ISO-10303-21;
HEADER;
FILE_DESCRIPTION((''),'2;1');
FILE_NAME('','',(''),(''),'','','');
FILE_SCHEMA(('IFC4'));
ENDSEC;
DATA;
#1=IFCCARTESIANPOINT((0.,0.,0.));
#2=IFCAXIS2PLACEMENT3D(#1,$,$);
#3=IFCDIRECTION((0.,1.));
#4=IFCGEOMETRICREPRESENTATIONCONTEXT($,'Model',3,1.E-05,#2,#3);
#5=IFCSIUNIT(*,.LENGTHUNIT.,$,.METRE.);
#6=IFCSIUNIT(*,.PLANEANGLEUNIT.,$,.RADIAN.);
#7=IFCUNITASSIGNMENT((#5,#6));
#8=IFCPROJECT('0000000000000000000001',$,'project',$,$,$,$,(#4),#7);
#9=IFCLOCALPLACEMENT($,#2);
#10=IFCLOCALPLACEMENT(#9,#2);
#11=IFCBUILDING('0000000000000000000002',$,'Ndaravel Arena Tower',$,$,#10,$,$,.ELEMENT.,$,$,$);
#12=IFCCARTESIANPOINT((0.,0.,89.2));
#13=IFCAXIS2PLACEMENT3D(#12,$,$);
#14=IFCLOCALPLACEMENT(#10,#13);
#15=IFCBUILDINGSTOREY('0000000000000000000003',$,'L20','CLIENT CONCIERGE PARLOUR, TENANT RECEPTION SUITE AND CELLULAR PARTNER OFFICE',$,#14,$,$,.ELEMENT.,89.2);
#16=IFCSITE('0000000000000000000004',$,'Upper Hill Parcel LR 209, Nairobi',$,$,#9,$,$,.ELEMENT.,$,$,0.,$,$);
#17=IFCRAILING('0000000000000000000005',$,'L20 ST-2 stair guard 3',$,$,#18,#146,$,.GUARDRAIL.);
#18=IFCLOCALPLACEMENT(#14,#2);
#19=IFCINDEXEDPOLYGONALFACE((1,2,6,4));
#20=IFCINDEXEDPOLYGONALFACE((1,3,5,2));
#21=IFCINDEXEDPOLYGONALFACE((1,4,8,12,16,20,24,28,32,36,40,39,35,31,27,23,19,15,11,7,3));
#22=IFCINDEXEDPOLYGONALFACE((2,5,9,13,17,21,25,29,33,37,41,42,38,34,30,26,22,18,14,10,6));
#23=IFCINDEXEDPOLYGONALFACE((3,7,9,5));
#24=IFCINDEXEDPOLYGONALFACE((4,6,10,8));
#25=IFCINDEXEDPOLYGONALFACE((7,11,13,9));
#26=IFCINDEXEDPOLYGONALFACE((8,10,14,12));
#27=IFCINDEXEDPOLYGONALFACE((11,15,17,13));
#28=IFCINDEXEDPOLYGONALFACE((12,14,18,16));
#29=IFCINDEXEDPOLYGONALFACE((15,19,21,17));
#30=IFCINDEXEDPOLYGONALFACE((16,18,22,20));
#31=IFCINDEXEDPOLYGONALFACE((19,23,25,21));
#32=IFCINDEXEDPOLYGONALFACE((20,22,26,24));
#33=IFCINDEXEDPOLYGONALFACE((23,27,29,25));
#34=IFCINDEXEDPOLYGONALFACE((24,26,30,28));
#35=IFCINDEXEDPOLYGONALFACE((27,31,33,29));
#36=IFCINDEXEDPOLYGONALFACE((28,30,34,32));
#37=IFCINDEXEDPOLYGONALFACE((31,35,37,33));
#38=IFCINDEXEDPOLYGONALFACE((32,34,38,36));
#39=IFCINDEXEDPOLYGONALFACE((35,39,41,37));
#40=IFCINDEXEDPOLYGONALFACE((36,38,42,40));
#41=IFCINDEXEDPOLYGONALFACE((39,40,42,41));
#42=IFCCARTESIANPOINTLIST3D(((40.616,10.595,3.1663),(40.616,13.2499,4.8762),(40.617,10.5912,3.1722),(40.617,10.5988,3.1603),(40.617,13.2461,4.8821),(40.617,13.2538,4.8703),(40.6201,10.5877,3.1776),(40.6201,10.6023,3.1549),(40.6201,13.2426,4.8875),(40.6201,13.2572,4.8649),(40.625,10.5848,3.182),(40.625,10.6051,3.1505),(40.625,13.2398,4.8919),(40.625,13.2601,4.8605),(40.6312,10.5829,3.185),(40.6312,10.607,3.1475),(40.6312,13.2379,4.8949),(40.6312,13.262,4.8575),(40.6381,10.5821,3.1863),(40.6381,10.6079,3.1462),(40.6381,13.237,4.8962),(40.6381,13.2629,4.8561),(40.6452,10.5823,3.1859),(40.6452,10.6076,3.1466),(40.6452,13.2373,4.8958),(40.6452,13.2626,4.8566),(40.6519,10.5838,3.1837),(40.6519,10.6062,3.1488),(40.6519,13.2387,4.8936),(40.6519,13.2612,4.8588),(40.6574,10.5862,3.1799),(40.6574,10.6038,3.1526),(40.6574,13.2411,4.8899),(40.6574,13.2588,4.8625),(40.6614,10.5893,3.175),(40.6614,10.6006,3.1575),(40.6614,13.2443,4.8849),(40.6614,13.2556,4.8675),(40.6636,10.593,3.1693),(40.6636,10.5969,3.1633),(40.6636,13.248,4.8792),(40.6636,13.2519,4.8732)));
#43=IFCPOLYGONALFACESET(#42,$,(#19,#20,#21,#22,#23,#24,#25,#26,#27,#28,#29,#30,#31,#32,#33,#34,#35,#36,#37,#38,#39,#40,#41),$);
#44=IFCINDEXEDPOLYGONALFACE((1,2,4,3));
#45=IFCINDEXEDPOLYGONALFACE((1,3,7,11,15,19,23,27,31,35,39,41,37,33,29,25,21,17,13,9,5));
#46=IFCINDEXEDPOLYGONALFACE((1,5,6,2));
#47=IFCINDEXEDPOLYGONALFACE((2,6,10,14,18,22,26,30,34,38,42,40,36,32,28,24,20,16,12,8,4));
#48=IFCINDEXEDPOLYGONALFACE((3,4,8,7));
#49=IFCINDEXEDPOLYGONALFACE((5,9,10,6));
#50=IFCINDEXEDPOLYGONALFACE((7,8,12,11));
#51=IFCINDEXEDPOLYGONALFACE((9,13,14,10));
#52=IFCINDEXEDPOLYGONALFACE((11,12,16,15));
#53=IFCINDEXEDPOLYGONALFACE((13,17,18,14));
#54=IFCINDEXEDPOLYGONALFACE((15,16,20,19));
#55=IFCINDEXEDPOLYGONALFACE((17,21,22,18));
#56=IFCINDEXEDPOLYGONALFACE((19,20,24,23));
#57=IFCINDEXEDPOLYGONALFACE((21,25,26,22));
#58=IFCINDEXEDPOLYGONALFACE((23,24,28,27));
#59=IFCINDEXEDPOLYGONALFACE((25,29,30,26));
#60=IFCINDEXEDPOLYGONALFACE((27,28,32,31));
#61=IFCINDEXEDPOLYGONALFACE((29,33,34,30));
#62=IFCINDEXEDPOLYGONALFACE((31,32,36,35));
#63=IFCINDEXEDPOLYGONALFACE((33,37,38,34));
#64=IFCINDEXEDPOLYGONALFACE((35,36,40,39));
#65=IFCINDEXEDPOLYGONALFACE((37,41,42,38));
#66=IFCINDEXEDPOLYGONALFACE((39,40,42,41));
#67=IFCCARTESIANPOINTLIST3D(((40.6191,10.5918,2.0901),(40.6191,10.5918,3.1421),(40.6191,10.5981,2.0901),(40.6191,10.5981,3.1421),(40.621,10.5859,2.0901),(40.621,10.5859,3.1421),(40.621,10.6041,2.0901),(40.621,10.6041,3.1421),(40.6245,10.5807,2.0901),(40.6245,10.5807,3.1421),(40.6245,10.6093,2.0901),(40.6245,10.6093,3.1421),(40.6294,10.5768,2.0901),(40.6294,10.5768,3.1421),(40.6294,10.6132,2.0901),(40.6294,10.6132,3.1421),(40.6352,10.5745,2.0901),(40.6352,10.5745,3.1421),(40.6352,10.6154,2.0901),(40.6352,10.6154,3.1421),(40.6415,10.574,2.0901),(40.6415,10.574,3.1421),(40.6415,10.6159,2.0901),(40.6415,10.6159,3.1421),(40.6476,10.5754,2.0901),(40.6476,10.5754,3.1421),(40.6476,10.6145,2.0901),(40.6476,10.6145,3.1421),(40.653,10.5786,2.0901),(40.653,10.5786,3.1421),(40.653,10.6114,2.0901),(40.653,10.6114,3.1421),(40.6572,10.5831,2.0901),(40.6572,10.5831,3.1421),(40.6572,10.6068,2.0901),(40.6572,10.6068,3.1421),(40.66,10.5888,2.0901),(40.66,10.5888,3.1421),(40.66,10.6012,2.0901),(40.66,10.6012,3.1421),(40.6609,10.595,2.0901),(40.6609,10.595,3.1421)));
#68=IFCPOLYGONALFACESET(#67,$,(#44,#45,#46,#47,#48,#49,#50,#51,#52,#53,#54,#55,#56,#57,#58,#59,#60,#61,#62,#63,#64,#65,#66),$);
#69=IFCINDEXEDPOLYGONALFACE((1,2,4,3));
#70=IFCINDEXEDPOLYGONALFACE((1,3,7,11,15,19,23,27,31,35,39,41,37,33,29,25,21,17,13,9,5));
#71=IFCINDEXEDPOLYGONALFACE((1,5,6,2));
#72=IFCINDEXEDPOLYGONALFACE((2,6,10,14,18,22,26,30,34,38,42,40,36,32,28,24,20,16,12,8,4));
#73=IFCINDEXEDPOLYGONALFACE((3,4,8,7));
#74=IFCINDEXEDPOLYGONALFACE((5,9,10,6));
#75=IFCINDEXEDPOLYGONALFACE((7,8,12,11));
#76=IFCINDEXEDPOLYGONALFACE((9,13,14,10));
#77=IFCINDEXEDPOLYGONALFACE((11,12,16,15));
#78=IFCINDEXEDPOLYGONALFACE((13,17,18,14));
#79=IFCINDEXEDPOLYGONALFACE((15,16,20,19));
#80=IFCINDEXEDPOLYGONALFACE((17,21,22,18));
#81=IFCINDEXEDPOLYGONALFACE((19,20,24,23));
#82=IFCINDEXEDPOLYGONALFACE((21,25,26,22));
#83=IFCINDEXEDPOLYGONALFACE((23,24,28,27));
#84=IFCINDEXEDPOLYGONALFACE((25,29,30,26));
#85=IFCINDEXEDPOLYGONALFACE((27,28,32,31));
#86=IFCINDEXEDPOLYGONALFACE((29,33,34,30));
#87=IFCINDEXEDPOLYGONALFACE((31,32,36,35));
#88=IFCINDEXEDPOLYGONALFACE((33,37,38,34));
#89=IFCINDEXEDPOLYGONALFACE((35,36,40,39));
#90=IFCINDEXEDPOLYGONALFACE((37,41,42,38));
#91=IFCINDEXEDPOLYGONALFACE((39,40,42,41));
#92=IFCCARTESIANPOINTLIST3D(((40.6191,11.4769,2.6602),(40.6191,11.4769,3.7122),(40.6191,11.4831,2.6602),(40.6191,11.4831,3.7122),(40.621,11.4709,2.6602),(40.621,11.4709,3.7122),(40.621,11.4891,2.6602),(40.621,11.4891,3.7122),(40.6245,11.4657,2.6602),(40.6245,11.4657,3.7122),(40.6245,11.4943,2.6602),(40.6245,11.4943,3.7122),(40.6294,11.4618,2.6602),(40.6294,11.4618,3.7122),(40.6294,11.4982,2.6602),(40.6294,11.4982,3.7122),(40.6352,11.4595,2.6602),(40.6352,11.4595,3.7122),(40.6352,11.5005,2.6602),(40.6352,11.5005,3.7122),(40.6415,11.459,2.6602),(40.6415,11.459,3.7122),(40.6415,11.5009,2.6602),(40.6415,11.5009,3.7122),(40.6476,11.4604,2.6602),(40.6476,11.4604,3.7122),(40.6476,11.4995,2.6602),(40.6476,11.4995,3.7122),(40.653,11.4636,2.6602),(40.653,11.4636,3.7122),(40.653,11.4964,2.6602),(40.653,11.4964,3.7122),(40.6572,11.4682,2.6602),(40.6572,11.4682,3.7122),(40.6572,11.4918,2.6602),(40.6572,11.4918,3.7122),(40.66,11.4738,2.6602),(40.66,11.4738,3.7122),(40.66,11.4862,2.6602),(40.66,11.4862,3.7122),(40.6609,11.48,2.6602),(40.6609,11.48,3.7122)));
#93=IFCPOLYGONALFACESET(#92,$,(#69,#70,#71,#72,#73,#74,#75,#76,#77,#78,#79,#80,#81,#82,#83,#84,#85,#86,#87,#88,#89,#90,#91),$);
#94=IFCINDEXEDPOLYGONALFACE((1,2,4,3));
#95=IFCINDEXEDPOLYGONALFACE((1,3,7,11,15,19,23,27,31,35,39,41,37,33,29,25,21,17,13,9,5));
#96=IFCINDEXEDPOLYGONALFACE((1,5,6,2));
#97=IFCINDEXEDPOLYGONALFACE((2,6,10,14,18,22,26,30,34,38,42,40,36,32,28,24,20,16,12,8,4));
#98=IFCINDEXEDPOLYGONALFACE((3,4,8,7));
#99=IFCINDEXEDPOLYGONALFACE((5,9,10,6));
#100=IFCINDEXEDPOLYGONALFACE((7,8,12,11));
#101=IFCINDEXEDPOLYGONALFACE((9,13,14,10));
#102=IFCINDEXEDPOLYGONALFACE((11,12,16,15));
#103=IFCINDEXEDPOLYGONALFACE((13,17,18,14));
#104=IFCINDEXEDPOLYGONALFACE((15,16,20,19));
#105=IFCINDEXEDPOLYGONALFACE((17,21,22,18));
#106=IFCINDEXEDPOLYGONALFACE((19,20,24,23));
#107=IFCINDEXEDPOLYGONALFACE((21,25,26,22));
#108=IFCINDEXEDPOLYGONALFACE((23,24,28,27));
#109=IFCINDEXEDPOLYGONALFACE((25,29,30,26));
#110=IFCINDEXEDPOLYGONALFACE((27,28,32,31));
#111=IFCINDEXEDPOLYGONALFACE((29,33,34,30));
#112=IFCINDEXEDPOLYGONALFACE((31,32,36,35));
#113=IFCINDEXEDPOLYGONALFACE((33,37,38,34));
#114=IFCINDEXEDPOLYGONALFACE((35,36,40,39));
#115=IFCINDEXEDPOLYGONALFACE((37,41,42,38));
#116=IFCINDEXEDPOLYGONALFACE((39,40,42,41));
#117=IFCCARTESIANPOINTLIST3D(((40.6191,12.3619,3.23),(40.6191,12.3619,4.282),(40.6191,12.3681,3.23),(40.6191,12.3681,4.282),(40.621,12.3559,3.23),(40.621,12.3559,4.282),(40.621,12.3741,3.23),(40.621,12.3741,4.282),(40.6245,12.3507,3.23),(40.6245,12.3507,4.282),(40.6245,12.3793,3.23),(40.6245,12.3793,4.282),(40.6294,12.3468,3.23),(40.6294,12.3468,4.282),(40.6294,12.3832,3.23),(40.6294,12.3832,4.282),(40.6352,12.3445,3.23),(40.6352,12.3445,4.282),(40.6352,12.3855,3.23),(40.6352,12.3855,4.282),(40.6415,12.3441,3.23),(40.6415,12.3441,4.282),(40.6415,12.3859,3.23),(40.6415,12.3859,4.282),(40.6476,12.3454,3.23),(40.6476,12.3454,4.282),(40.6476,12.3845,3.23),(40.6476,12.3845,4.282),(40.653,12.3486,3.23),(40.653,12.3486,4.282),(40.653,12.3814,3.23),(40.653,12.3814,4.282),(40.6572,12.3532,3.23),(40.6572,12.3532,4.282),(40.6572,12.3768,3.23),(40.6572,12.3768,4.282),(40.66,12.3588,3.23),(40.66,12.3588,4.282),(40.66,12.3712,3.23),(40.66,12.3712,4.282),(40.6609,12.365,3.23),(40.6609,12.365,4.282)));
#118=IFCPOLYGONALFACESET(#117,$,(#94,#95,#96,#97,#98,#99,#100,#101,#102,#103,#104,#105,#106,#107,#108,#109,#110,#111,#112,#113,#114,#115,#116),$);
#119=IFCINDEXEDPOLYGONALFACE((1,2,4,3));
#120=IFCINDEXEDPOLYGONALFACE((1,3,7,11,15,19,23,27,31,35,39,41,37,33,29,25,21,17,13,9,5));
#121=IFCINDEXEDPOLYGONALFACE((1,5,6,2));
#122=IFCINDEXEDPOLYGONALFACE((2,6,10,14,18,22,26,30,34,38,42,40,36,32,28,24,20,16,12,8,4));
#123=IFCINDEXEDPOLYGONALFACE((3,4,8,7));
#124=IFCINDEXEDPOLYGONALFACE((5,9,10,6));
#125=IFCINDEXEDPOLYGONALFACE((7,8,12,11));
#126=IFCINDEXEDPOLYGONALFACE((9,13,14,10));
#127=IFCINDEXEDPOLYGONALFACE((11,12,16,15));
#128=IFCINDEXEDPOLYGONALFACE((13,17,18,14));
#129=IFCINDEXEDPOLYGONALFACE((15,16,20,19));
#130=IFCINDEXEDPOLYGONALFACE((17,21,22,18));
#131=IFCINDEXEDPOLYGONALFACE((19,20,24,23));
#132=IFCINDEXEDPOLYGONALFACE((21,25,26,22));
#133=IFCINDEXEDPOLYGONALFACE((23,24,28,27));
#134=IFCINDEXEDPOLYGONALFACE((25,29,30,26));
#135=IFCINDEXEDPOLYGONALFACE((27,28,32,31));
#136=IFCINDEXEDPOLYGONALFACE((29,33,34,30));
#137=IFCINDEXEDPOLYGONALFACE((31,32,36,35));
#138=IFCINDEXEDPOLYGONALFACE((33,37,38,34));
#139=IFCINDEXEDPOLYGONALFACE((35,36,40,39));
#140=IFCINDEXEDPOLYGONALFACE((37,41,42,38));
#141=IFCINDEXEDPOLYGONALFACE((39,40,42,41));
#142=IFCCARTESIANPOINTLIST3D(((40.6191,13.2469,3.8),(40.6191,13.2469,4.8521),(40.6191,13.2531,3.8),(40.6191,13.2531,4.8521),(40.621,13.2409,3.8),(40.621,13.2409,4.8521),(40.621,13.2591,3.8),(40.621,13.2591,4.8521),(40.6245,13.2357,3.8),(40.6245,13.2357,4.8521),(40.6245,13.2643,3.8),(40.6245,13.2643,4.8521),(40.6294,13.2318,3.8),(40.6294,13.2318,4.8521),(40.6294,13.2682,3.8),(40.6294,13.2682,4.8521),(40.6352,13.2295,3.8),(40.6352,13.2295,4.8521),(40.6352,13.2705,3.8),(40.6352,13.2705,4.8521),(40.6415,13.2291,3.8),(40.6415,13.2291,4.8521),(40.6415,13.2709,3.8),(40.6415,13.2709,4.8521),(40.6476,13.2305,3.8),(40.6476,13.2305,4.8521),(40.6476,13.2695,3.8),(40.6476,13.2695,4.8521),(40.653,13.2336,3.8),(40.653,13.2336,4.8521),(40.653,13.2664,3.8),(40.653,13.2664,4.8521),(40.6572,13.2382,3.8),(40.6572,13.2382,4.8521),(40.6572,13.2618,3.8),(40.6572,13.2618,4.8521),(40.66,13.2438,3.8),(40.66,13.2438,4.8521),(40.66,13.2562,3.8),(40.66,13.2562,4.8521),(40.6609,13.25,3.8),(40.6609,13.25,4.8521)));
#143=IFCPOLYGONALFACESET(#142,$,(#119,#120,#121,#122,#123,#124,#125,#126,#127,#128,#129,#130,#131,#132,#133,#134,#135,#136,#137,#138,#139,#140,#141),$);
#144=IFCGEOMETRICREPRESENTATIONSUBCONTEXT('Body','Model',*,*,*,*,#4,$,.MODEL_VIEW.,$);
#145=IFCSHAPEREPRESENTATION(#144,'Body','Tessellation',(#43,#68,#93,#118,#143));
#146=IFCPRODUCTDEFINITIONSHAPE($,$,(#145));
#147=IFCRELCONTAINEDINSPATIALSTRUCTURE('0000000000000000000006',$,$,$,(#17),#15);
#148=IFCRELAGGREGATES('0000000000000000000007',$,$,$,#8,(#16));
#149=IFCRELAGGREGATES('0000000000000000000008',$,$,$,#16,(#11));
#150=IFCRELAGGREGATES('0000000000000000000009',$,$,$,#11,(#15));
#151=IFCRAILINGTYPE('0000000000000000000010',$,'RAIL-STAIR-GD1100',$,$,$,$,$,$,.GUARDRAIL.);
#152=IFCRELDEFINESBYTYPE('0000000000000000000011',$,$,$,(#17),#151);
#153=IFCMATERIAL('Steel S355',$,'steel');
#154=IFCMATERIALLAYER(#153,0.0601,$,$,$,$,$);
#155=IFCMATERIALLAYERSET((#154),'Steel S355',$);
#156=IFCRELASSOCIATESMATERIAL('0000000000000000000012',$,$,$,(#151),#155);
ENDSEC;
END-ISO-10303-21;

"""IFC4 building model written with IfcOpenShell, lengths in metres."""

from ifc_helpers import new_model, si_unit, direction, frame, origin, origin_2d, place, context, subcontext, project, spatial, circle, extrude, material, layer, layer_set, type_object, element, save


model = new_model("IFC4")

# Units and contexts
model_context = context("Model", 3, precision=1e-05, world=origin(), true_north=direction((0.0, 1.0)))
body_context = subcontext(model_context, "Body", "Model", "MODEL_VIEW")
ifc_project = project(units=[si_unit("LENGTHUNIT", "METRE"), si_unit("PLANEANGLEUNIT", "RADIAN")], contexts=[model_context])

# Site, building, storey
site_placement = place(None, origin())
site = spatial("IfcSite", under=ifc_project, at=site_placement, Name="Upper Hill Parcel LR 209, Nairobi", CompositionType="ELEMENT", RefElevation=0.0)
building_placement = place(site_placement, origin())
building = spatial("IfcBuilding", under=site, at=building_placement, Name="Ndaravel Arena Tower", CompositionType="ELEMENT")
storey_placement = place(building_placement, frame((0.0, 0.0, 89.2)))
storey = spatial("IfcBuildingStorey", under=building, at=storey_placement, Name="L20", Description="CLIENT CONCIERGE PARLOUR, TENANT RECEPTION SUITE AND CELLULAR PARTNER OFFICE", CompositionType="ELEMENT", Elevation=89.2)

# Railing
ifc_material_1 = material(Name="Steel S355", Category="steel")
ifc_layer_1 = layer(ifc_material_1, 0.0601)
ifc_layer_set_1 = layer_set([ifc_layer_1], Name="Steel S355")
railing_type_1 = type_object("IfcRailingType", Name="RAIL-STAIR-GD1100", PredefinedType="GUARDRAIL", material=ifc_layer_set_1)
railing_1_placement = place(storey_placement, frame((40.6399, 10.595, 2.0901)))
element("IfcRailing", 1, at=railing_1_placement, inside=storey, type_object=railing_type_1, Name="L20 ST-2 stair guard 3", PredefinedType="GUARDRAIL", context=body_context, shape_type="SweptSolid", body=[
    extrude(circle(Radius=0.0239, at=origin_2d()), frame((0.0, 0.0, 1.0762), z_axis=(0.0, 0.840724, 0.541465), x_axis=(-1.0, 0.0, 0.0)), (0.0, 0.0, 1.0), 3.158),
    extrude(circle(Radius=0.021, at=origin_2d()), origin(), (0.0, 0.0, 1.0), 1.052),
    extrude(circle(Radius=0.021, at=origin_2d()), frame((0.0, 0.885, 0.5701)), (0.0, 0.0, 1.0), 1.052),
    extrude(circle(Radius=0.021, at=origin_2d()), frame((0.0, 1.77, 1.1399)), (0.0, 0.0, 1.0), 1.052),
    extrude(circle(Radius=0.021, at=origin_2d()), frame((0.0, 2.655, 1.71)), (0.0, 0.0, 1.0), 1.052),
])

save(model, "model.ifc")
